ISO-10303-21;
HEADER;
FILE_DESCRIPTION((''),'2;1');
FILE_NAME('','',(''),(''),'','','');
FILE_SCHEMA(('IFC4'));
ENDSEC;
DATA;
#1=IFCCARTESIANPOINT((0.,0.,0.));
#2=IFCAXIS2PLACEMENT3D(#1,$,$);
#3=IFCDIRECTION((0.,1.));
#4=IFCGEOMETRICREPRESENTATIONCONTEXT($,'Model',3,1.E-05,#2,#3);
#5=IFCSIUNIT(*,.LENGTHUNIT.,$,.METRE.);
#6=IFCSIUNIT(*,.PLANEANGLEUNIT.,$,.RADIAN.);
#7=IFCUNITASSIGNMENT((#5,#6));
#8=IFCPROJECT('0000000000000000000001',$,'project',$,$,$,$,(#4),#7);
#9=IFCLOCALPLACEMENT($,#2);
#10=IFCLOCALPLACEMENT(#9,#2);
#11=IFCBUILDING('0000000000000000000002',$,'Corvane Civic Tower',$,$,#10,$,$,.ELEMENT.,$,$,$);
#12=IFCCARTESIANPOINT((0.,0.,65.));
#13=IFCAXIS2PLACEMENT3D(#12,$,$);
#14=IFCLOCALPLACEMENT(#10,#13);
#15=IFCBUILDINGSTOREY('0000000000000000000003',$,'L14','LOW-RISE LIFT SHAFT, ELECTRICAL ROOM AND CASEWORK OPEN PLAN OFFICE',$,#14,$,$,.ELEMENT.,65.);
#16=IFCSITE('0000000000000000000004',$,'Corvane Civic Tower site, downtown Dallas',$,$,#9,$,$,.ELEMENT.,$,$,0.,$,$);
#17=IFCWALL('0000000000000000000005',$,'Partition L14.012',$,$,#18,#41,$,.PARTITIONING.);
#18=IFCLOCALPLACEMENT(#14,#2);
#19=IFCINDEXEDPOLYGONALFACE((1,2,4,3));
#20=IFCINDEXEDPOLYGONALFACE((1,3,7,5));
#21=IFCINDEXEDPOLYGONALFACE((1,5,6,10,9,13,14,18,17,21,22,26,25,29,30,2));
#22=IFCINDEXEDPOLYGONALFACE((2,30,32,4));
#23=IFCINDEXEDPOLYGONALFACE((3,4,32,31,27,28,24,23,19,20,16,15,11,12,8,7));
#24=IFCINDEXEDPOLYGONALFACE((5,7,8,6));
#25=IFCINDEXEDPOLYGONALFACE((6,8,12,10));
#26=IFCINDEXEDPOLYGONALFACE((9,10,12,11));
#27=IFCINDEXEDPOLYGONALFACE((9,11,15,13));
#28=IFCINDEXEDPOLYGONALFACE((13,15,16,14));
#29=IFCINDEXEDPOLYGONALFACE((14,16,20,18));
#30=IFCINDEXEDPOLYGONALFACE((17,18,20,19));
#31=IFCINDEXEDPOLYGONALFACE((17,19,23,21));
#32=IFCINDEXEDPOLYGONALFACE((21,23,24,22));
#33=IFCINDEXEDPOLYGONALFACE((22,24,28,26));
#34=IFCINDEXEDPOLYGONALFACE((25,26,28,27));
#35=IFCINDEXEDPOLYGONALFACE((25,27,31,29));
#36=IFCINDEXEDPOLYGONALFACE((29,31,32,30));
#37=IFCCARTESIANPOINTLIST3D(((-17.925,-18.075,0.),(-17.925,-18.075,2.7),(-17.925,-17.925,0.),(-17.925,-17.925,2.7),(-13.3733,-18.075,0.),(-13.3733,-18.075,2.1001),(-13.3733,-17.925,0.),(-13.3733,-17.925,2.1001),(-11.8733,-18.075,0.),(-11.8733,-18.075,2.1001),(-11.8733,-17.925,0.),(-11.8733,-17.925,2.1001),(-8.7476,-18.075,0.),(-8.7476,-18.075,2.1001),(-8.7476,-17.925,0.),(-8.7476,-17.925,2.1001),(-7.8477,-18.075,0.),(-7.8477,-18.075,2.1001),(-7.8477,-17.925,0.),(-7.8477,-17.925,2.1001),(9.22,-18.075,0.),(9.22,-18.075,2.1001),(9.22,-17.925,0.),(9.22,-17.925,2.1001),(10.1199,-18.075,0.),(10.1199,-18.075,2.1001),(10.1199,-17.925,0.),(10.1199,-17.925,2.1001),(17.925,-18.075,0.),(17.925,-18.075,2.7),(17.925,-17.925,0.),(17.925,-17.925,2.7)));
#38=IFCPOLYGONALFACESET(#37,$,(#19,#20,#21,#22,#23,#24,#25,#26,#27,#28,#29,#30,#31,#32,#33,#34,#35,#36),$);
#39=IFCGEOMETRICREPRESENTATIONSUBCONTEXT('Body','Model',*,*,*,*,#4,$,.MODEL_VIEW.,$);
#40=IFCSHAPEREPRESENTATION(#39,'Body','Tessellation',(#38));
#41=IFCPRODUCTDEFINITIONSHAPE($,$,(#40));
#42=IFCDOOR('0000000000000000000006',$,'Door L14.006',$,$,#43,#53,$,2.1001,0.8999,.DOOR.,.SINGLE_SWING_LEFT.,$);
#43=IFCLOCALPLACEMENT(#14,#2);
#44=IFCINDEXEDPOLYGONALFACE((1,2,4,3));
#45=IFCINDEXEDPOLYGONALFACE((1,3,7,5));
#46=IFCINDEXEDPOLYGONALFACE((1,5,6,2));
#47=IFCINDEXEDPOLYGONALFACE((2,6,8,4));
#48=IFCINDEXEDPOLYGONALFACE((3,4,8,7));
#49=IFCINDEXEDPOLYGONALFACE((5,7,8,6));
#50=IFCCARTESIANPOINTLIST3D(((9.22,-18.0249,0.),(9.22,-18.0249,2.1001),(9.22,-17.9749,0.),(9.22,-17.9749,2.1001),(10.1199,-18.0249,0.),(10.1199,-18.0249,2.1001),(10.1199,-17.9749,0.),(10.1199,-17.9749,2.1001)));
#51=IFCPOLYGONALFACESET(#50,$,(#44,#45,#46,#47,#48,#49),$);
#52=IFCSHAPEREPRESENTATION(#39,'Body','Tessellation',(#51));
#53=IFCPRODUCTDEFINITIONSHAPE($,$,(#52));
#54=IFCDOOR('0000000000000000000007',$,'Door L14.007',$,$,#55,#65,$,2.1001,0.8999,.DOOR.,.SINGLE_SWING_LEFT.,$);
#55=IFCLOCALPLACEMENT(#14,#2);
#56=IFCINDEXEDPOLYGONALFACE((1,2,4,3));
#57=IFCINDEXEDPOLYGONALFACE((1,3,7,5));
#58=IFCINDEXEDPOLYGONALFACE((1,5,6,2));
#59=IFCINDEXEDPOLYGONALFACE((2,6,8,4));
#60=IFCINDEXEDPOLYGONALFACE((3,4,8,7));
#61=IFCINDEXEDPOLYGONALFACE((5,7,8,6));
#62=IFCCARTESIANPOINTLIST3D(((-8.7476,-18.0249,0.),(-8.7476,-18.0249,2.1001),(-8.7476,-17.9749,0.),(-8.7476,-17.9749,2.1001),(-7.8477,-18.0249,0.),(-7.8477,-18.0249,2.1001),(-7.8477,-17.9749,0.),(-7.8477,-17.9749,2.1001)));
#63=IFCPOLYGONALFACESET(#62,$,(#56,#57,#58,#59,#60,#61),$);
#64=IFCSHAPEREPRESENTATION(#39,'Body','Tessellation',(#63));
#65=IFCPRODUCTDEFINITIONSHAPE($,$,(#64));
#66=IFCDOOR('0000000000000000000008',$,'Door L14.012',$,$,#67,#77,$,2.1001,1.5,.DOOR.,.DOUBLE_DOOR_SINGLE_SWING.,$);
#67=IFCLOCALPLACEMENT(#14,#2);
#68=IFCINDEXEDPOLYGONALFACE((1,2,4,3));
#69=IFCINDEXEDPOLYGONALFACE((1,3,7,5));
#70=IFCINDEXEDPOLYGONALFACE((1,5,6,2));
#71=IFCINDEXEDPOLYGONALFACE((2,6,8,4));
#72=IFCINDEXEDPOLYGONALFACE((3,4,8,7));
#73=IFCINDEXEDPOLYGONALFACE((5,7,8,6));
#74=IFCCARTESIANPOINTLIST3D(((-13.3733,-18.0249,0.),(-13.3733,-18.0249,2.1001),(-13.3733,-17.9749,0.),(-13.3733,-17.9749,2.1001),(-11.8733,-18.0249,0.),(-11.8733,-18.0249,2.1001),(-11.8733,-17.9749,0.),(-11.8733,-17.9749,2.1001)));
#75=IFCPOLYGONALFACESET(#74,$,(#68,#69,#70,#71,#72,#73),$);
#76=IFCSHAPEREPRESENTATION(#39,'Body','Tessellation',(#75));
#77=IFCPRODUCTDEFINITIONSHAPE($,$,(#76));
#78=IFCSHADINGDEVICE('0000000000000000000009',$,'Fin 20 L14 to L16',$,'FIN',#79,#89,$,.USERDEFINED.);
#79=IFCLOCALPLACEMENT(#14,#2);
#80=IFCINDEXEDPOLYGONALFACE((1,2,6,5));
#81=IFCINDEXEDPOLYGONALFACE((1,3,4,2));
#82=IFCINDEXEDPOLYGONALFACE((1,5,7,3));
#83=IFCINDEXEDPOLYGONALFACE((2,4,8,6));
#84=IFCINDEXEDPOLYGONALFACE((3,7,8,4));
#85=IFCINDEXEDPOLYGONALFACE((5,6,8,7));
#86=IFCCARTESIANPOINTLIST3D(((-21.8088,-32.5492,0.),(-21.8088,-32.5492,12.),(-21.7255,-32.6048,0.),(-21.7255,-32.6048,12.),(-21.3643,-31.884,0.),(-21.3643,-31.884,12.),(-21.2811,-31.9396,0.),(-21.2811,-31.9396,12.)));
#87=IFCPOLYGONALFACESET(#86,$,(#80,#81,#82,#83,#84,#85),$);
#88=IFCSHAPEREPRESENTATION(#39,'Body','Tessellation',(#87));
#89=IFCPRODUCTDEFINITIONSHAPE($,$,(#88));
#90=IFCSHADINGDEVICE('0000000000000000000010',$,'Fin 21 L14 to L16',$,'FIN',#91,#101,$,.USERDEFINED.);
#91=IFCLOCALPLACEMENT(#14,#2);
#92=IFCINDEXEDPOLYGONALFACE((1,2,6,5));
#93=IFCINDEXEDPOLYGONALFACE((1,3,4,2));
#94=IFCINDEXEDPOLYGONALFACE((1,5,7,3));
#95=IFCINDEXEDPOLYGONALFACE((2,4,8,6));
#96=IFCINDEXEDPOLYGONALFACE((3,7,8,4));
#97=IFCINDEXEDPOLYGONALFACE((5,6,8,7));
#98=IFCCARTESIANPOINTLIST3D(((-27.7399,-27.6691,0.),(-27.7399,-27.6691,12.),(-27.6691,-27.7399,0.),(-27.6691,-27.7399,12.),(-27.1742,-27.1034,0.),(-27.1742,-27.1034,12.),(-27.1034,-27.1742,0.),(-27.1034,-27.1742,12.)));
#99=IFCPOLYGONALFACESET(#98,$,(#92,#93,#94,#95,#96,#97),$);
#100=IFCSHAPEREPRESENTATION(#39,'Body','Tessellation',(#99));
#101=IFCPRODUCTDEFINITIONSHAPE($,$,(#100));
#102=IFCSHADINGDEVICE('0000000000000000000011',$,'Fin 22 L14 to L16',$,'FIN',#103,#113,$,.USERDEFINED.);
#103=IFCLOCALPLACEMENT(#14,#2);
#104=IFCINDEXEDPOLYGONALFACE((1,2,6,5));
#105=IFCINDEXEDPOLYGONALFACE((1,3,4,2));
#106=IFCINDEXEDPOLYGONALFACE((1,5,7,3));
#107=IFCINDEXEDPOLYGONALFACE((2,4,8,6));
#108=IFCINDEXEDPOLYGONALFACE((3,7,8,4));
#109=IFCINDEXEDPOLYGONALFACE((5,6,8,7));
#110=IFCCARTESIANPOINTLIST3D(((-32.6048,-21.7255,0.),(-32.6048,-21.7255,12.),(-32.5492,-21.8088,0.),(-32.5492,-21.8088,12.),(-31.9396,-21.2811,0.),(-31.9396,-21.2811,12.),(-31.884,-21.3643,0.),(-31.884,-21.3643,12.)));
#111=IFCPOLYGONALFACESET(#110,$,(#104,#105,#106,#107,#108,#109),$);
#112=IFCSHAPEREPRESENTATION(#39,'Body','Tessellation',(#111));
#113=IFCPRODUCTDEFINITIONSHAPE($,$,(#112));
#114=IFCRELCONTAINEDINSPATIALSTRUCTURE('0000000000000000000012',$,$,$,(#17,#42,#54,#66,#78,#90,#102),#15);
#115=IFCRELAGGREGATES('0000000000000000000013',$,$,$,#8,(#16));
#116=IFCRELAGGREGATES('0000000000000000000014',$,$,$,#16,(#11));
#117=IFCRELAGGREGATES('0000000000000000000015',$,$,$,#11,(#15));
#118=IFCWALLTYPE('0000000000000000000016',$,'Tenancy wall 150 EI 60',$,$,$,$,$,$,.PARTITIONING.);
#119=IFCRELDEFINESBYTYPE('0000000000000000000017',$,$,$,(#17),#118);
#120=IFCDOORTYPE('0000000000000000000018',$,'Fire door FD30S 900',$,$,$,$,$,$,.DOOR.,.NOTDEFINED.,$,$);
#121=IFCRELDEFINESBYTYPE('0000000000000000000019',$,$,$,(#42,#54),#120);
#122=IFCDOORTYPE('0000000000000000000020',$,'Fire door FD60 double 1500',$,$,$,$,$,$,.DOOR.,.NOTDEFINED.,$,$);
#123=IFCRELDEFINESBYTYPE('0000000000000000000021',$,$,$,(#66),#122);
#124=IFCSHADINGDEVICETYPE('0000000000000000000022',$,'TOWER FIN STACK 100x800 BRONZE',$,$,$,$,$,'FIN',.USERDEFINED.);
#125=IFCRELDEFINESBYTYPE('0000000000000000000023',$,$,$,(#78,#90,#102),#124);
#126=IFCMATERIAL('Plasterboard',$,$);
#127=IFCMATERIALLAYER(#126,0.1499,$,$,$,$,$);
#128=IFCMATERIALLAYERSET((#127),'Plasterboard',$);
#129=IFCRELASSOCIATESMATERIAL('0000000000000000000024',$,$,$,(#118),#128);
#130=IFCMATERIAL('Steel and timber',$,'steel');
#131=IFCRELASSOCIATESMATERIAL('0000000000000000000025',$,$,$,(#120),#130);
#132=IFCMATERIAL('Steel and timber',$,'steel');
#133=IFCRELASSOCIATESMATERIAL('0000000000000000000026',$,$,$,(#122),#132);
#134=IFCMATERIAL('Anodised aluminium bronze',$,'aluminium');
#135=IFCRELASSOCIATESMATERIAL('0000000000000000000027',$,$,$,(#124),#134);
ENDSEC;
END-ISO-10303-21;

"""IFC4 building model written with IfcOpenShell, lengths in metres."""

from ifc_helpers import new_model, si_unit, direction, frame, frame_2d, origin, origin_2d, place, context, subcontext, project, spatial, rectangle, extrude, material, layer, layer_set, material_profile, profile_set, type_object, element, fill, save


model = new_model("IFC4")

# Units and contexts
model_context = context("Model", 3, precision=1e-05, world=origin(), true_north=direction((0.0, 1.0)))
body_context = subcontext(model_context, "Body", "Model", "MODEL_VIEW")
ifc_project = project(units=[si_unit("LENGTHUNIT", "METRE"), si_unit("PLANEANGLEUNIT", "RADIAN")], contexts=[model_context])

# Site, building, storey
site_placement = place(None, origin())
site = spatial("IfcSite", under=ifc_project, at=site_placement, Name="Corvane Civic Tower site, downtown Dallas", CompositionType="ELEMENT", RefElevation=0.0)
building_placement = place(site_placement, origin())
building = spatial("IfcBuilding", under=site, at=building_placement, Name="Corvane Civic Tower", CompositionType="ELEMENT")
storey_placement = place(building_placement, frame((0.0, 0.0, 65.0)))
storey = spatial("IfcBuildingStorey", under=building, at=storey_placement, Name="L14", Description="LOW-RISE LIFT SHAFT, ELECTRICAL ROOM AND CASEWORK OPEN PLAN OFFICE", CompositionType="ELEMENT", Elevation=65.0)

# Wall, openings, doors
ifc_material_1 = material(Name="Plasterboard")
ifc_layer_1 = layer(ifc_material_1, 0.1499)
ifc_layer_set_1 = layer_set([ifc_layer_1], Name="Plasterboard")
wall_type_1 = type_object("IfcWallType", Name="Tenancy wall 150 EI 60", PredefinedType="PARTITIONING", material=ifc_layer_set_1)
wall_1_placement = place(storey_placement, frame((-17.925, -18.0, 0.0), z_axis=(0.0, 0.0, 1.0), x_axis=(1.0, 0.0, 0.0)))
wall_1 = element("IfcWall", 1, at=wall_1_placement, inside=storey, type_object=wall_type_1, Name="Partition L14.012", PredefinedType="PARTITIONING", context=body_context, shape_type="SweptSolid", body=[
    extrude(rectangle(XDim=35.8501, YDim=0.1499, at=frame_2d((17.925, 0.0))), origin(), (0.0, 0.0, 1.0), 2.7),
])
opening_1_placement = place(wall_1_placement, frame((27.145, 0.0, 0.0)))
opening_1 = element("IfcOpeningElement", 2, at=opening_1_placement, cuts=wall_1, PredefinedType="OPENING", context=body_context, shape_type="SweptSolid", body=[
    extrude(rectangle(XDim=0.8999, YDim=2.1001, at=frame_2d((0.45, 1.05))), frame((0.0, 0.085, 0.0), z_axis=(0.0, -1.0, 0.0), x_axis=(1.0, 0.0, 0.0)), (0.0, 0.0, 1.0), 0.1699),
])
opening_2_placement = place(wall_1_placement, frame((9.1775, 0.0, 0.0)))
opening_2 = element("IfcOpeningElement", 3, at=opening_2_placement, cuts=wall_1, PredefinedType="OPENING", context=body_context, shape_type="SweptSolid", body=[
    extrude(rectangle(XDim=0.8999, YDim=2.1001, at=frame_2d((0.45, 1.05))), frame((0.0, 0.085, 0.0), z_axis=(0.0, -1.0, 0.0), x_axis=(1.0, 0.0, 0.0)), (0.0, 0.0, 1.0), 0.1699),
])
opening_3_placement = place(wall_1_placement, frame((4.5518, 0.0, 0.0)))
opening_3 = element("IfcOpeningElement", 4, at=opening_3_placement, cuts=wall_1, PredefinedType="OPENING", context=body_context, shape_type="SweptSolid", body=[
    extrude(rectangle(XDim=1.5, YDim=2.1001, at=frame_2d((0.75, 1.05))), frame((0.0, 0.085, 0.0), z_axis=(0.0, -1.0, 0.0), x_axis=(1.0, 0.0, 0.0)), (0.0, 0.0, 1.0), 0.1699),
])
ifc_material_2 = material(Name="Steel and timber", Category="steel")
door_type_1 = type_object("IfcDoorType", Name="Fire door FD30S 900", OperationType="NOTDEFINED", PredefinedType="DOOR", material=ifc_material_2)
door_1_placement = place(opening_1_placement, frame((0.8999, 0.0, 0.0), z_axis=(0.0, 0.0, 1.0), x_axis=(-1.0, 0.0, 0.0)))
door_1 = element("IfcDoor", 5, at=door_1_placement, inside=storey, type_object=door_type_1, Name="Door L14.006", OperationType="SINGLE_SWING_LEFT", OverallHeight=2.1001, OverallWidth=0.8999, PredefinedType="DOOR", context=body_context, shape_type="SweptSolid", body=[
    extrude(rectangle(XDim=0.8999, YDim=2.1001, at=frame_2d((0.45, 1.05))), frame((0.0, 0.0249, 0.0), z_axis=(0.0, -1.0, 0.0), x_axis=(1.0, 0.0, 0.0)), (0.0, 0.0, 1.0), 0.05),
])
fill(opening_1, door_1)
door_2_placement = place(opening_2_placement, frame((0.8999, 0.0, 0.0), z_axis=(0.0, 0.0, 1.0), x_axis=(-1.0, 0.0, 0.0)))
door_2 = element("IfcDoor", 6, at=door_2_placement, inside=storey, type_object=door_type_1, Name="Door L14.007", OperationType="SINGLE_SWING_LEFT", OverallHeight=2.1001, OverallWidth=0.8999, PredefinedType="DOOR", context=body_context, shape_type="SweptSolid", body=[
    extrude(rectangle(XDim=0.8999, YDim=2.1001, at=frame_2d((0.45, 1.05))), frame((0.0, 0.0249, 0.0), z_axis=(0.0, -1.0, 0.0), x_axis=(1.0, 0.0, 0.0)), (0.0, 0.0, 1.0), 0.05),
])
fill(opening_2, door_2)
ifc_material_3 = material(Name="Steel and timber", Category="steel")
door_type_2 = type_object("IfcDoorType", Name="Fire door FD60 double 1500", OperationType="NOTDEFINED", PredefinedType="DOOR", material=ifc_material_3)
door_3_placement = place(opening_3_placement, frame((1.5, 0.0, 0.0), z_axis=(0.0, 0.0, 1.0), x_axis=(-1.0, 0.0, 0.0)))
door_3 = element("IfcDoor", 7, at=door_3_placement, inside=storey, type_object=door_type_2, Name="Door L14.012", OperationType="DOUBLE_DOOR_SINGLE_SWING", OverallHeight=2.1001, OverallWidth=1.5, PredefinedType="DOOR", context=body_context, shape_type="SweptSolid", body=[
    extrude(rectangle(XDim=1.5, YDim=2.1001, at=frame_2d((0.75, 1.05))), frame((0.0, 0.0249, 0.0), z_axis=(0.0, -1.0, 0.0), x_axis=(1.0, 0.0, 0.0)), (0.0, 0.0, 1.0), 0.05),
])
fill(opening_3, door_3)

# Shading devices
ifc_material_4 = material(Name="Anodised aluminium bronze", Category="aluminium")
ifc_material_profile_1 = material_profile(ifc_material_4, rectangle(XDim=0.1001, YDim=0.8, at=origin_2d()), Name="TOWER FIN STACK 100x800 BRONZE")
ifc_profile_set_1 = profile_set([ifc_material_profile_1], Name="Anodised aluminium bronze")
shading_device_type = type_object("IfcShadingDeviceType", Name="TOWER FIN STACK 100x800 BRONZE", ElementType="FIN", PredefinedType="USERDEFINED", material=ifc_profile_set_1)
for number, where, z_axis, x_axis, name in (
    (8, (-21.5449, -32.2444, 0.0), (0.0, 0.0, 1.0), (-0.83147, 0.55557, 0.0), "Fin 20 L14 to L16"),
    (9, (-27.4216, -27.4216, 0.0), (0.0, 0.0, 1.0), (-0.707107, 0.707107, 0.0), "Fin 21 L14 to L16"),
    (10, (-32.2444, -21.5449, 0.0), (0.0, 0.0, 1.0), (-0.55557, 0.83147, 0.0), "Fin 22 L14 to L16"),
):
    element("IfcShadingDevice", number, at=place(storey_placement, frame(where, z_axis=z_axis, x_axis=x_axis)), inside=storey, type_object=shading_device_type, Name=name, ObjectType="FIN", PredefinedType="USERDEFINED", context=body_context, shape_type="SweptSolid", body=[
        extrude(rectangle(XDim=0.1001, YDim=0.8, at=origin_2d()), origin(), (0.0, 0.0, 1.0), 12.0),
    ])

save(model, "model.ifc")
